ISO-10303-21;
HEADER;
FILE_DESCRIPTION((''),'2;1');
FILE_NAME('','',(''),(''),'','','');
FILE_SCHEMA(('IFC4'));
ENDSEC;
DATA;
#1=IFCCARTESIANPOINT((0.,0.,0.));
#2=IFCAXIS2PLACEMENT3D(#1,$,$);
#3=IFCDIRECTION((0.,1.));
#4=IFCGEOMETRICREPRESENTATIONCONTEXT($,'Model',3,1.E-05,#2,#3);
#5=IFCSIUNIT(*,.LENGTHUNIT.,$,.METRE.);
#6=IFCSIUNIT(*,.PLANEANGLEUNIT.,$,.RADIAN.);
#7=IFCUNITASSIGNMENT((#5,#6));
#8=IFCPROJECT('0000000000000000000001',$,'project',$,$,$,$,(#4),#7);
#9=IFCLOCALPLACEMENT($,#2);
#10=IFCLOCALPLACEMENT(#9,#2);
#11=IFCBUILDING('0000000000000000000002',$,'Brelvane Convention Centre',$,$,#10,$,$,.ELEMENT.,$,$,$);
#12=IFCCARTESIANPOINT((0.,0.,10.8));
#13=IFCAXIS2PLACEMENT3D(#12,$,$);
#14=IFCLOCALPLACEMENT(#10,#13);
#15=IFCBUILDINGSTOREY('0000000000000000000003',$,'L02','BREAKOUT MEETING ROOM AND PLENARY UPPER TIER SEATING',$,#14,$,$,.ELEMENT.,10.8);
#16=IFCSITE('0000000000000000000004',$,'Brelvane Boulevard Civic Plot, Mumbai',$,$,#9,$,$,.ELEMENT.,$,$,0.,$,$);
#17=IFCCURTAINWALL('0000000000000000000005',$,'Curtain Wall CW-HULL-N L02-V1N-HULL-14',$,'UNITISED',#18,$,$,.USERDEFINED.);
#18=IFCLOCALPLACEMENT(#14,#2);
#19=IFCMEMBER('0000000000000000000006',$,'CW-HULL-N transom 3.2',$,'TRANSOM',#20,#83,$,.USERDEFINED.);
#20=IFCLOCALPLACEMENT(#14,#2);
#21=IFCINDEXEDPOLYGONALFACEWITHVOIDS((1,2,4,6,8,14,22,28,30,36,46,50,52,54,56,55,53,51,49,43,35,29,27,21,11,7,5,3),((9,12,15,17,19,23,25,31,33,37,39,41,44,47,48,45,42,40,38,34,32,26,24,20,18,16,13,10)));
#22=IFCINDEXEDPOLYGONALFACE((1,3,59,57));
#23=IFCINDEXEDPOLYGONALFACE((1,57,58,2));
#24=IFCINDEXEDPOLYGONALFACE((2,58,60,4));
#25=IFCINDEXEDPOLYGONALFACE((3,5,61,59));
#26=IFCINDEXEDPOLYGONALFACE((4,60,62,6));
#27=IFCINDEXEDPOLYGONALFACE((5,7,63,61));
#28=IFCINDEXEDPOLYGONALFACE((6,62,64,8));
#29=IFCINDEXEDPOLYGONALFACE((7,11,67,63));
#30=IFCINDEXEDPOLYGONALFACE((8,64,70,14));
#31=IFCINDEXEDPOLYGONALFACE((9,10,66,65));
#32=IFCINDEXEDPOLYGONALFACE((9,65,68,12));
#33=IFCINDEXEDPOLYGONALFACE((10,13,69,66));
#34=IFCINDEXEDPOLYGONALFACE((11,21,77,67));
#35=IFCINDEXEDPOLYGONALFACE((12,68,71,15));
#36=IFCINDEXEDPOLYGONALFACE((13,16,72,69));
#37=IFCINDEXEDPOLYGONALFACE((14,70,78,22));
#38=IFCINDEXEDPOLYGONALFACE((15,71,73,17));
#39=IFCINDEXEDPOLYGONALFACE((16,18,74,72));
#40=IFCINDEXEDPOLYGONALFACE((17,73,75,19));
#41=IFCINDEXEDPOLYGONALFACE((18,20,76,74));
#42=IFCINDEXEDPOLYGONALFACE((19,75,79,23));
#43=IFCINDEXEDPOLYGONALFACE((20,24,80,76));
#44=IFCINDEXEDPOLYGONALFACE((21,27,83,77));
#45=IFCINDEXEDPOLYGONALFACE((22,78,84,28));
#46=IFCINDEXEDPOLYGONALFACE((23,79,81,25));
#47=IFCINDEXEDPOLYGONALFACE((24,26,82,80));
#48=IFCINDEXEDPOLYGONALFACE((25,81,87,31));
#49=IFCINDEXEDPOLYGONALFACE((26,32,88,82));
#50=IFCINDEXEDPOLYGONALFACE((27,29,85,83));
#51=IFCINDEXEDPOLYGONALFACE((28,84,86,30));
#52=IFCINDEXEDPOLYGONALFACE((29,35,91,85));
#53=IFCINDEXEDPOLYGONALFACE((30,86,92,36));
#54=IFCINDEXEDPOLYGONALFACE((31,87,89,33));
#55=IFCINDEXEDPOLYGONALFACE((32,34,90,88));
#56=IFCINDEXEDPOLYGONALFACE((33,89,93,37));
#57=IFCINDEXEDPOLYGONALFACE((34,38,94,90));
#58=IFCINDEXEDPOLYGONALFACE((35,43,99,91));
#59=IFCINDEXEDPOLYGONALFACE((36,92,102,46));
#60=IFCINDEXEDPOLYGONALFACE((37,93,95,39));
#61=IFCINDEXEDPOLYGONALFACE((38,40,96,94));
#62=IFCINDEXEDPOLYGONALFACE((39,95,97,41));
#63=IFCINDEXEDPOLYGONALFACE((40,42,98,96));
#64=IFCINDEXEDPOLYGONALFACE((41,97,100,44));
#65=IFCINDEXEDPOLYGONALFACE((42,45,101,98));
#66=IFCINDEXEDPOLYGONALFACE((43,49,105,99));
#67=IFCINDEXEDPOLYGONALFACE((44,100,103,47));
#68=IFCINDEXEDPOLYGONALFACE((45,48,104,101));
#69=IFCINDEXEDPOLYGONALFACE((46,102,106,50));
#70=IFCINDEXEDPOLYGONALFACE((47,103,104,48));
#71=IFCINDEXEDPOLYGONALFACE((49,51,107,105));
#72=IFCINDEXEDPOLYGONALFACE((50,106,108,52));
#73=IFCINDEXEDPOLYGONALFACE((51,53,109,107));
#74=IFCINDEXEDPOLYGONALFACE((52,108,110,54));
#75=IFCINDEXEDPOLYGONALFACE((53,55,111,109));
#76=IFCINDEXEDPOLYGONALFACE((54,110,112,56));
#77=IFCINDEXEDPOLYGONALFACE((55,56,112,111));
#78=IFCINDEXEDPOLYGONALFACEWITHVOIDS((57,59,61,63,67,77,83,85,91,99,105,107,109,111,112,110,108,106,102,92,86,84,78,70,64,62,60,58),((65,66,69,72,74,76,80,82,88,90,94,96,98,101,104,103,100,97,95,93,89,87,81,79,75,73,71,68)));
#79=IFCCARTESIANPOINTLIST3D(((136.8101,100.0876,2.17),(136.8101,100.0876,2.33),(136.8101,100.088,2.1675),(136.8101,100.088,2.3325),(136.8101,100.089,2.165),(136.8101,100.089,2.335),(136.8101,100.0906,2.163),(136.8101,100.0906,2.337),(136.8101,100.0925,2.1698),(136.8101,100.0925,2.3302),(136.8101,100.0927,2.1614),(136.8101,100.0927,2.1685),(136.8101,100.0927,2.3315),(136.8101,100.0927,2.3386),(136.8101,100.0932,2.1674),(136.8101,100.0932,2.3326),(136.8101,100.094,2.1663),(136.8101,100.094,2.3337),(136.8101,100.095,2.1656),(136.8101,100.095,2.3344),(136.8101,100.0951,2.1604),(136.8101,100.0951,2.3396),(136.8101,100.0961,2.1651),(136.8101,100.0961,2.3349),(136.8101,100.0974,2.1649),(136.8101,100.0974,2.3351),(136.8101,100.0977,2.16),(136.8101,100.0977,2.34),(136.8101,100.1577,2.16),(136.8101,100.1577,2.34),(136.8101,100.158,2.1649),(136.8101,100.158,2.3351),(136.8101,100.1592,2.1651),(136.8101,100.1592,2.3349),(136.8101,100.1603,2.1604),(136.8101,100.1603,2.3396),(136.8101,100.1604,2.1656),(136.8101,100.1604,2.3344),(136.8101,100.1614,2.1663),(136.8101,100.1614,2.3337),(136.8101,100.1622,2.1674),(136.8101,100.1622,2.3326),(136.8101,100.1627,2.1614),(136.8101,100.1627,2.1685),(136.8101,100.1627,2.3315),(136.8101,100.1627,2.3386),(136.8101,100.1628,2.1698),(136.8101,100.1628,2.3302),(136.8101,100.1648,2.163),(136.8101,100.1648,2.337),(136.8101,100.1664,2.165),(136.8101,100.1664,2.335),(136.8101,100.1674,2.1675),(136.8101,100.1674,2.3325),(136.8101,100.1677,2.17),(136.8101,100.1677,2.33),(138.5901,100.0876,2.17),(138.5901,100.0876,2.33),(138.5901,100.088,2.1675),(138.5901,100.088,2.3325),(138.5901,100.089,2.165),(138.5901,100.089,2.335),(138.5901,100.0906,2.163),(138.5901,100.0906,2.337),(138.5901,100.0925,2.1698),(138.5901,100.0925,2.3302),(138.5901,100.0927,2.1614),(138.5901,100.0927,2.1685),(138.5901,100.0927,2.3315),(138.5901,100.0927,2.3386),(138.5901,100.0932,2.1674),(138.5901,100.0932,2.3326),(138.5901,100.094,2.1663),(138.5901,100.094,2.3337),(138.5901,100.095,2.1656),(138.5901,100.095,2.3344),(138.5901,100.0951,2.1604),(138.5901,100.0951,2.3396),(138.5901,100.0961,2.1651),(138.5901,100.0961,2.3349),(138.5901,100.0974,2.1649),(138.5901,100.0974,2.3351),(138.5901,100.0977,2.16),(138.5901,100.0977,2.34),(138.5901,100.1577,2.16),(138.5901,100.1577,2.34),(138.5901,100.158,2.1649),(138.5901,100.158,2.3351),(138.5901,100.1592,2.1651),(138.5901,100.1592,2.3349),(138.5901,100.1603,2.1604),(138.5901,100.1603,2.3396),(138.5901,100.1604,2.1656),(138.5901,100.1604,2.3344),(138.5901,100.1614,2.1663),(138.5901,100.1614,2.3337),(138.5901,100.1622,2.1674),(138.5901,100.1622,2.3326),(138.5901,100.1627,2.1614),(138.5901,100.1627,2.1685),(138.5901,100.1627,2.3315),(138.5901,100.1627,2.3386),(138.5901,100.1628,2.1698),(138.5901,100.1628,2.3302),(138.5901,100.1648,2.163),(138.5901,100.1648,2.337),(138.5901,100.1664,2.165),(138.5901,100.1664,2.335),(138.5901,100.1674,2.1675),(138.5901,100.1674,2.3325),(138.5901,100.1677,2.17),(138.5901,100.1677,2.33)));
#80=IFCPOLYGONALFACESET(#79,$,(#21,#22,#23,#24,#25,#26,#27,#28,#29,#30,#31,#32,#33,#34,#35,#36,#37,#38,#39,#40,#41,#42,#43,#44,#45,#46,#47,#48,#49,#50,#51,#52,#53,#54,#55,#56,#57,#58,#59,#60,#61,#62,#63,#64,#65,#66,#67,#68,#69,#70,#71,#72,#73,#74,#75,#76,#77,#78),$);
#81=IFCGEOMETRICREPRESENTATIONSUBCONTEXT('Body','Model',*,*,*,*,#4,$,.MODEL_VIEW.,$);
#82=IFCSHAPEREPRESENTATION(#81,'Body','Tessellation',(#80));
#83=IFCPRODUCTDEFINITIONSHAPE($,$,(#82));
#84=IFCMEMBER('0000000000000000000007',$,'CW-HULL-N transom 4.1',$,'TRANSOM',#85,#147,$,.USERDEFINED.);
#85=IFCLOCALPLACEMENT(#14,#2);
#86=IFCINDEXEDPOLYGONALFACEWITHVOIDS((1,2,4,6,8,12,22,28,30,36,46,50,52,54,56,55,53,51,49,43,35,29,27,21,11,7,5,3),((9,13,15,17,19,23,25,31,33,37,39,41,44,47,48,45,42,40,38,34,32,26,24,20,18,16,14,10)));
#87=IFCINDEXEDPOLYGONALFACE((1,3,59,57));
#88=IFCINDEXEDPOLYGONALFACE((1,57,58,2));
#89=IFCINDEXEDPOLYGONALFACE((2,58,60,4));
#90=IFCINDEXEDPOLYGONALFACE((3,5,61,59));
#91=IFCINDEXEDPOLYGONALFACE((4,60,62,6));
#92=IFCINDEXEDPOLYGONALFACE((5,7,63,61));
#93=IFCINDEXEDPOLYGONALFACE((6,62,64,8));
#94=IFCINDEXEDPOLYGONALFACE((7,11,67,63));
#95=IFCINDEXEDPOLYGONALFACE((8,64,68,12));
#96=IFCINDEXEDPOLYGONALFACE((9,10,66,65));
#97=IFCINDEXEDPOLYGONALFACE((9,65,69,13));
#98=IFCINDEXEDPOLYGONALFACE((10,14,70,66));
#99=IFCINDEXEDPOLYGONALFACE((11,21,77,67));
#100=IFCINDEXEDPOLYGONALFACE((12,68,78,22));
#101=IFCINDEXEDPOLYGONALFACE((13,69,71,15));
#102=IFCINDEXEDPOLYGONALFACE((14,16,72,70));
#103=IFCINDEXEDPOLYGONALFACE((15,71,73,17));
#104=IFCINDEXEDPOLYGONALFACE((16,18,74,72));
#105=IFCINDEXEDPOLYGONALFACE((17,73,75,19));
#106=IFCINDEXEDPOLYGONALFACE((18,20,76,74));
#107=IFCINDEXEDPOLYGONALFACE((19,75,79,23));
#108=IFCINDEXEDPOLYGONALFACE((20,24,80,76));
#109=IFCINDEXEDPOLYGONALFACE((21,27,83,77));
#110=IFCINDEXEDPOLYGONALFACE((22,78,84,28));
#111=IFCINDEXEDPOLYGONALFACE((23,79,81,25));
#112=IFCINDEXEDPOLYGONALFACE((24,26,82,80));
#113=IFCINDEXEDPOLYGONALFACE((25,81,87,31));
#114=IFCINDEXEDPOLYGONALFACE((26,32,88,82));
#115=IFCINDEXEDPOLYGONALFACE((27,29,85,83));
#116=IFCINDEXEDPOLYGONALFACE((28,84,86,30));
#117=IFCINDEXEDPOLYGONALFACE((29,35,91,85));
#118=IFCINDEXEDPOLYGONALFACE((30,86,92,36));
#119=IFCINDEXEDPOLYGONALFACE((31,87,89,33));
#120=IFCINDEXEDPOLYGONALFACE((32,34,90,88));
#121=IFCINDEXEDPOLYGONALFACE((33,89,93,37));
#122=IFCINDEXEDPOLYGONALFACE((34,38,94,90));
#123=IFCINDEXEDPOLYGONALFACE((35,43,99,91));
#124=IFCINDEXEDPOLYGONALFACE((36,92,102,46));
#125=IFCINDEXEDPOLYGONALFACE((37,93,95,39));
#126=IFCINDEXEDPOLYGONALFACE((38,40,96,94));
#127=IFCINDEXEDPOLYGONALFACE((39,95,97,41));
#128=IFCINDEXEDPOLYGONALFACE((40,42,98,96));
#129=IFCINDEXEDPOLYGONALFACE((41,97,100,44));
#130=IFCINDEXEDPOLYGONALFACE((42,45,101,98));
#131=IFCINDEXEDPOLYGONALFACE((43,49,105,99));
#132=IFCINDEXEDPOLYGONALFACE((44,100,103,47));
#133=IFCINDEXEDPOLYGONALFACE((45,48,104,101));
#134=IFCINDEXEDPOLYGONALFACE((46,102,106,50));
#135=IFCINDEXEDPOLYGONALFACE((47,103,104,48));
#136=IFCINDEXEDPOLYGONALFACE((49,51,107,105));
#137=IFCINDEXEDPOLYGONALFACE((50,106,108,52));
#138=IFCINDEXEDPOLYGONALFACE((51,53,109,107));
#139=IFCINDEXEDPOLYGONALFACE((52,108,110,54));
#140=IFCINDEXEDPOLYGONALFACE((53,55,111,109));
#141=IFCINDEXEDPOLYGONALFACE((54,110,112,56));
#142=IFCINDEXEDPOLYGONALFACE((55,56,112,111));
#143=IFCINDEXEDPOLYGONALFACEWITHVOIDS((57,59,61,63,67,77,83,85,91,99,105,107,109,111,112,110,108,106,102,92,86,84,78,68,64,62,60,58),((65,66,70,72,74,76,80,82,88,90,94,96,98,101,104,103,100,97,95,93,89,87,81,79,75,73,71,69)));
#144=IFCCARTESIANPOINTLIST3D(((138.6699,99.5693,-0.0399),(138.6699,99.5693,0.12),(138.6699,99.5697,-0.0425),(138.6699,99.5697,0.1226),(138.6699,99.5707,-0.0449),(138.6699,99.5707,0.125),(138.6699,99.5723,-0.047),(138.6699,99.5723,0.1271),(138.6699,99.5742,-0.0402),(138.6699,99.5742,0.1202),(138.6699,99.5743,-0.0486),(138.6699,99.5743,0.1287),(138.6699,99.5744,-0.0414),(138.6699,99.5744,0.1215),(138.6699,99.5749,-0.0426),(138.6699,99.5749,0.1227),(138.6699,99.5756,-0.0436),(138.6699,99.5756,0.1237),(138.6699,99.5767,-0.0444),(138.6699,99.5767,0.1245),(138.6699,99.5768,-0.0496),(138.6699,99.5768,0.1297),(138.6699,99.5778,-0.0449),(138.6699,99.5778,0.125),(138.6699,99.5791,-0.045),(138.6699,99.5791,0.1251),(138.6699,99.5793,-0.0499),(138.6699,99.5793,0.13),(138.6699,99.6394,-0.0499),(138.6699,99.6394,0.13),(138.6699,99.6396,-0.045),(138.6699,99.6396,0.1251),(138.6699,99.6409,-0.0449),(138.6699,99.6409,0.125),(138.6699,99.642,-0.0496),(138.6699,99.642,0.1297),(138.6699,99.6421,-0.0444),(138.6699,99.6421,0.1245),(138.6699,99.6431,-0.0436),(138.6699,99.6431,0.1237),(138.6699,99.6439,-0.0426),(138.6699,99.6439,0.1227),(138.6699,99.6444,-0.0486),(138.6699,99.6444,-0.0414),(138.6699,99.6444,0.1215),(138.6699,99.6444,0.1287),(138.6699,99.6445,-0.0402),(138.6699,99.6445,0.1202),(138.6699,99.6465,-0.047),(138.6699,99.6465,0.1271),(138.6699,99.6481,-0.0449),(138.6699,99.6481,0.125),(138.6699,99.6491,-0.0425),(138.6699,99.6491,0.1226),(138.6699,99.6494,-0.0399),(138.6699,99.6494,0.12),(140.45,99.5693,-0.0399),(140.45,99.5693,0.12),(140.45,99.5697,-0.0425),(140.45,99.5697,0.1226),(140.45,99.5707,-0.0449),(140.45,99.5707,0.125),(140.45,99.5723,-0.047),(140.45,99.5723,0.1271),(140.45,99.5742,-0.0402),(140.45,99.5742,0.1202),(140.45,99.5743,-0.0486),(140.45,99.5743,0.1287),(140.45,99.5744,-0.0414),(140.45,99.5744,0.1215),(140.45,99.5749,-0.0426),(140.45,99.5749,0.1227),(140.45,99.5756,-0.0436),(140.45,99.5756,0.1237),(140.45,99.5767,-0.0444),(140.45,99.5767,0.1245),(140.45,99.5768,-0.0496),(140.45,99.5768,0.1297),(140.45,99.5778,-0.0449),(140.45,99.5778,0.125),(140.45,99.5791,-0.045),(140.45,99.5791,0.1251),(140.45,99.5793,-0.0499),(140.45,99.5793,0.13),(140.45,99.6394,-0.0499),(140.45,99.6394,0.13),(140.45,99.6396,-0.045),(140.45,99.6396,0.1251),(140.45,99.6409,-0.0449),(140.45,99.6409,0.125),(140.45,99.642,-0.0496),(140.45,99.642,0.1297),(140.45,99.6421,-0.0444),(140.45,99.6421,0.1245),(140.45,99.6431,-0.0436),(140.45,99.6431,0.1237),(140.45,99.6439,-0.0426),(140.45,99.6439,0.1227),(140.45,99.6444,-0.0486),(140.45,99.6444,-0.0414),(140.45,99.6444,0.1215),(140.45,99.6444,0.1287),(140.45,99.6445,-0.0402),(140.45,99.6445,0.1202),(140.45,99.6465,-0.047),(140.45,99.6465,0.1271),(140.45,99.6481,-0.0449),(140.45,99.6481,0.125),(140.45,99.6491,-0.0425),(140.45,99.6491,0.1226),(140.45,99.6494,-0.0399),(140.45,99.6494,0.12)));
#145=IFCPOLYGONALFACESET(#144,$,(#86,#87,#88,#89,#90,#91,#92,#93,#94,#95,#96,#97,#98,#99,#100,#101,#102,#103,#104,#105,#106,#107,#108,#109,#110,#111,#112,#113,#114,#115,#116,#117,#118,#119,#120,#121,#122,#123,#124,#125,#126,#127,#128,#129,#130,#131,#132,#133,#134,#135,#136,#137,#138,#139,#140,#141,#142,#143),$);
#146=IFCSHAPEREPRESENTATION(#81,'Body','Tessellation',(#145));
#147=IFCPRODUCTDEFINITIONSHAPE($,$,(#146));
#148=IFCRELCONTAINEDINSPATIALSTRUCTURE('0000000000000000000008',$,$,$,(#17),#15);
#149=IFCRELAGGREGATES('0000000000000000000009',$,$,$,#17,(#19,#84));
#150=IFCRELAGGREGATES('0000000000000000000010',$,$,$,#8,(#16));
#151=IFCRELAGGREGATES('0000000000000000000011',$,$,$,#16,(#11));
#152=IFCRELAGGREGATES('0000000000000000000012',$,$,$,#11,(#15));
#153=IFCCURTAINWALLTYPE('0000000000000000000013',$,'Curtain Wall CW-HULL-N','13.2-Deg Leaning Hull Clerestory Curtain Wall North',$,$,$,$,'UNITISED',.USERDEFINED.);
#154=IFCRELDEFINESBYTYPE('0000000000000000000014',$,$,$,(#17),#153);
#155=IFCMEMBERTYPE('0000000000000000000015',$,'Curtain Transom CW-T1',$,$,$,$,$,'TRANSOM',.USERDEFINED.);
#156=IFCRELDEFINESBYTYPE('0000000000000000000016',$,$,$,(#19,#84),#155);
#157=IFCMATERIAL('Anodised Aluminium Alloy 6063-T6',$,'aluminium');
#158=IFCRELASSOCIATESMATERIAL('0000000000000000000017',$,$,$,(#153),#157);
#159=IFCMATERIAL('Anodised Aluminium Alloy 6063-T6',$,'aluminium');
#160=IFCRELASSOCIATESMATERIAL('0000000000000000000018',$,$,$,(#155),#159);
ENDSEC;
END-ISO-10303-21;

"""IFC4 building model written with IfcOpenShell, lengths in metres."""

from ifc_helpers import new_model, si_unit, direction, frame, origin, origin_2d, place, context, subcontext, project, spatial, hollow_rectangle, extrude, material, material_profile, profile_set, type_object, element, aggregate, save


model = new_model("IFC4")

# Units and contexts
model_context = context("Model", 3, precision=1e-05, world=origin(), true_north=direction((0.0, 1.0)))
body_context = subcontext(model_context, "Body", "Model", "MODEL_VIEW")
ifc_project = project(units=[si_unit("LENGTHUNIT", "METRE"), si_unit("PLANEANGLEUNIT", "RADIAN")], contexts=[model_context])

# Site, building, storey
site_placement = place(None, origin())
site = spatial("IfcSite", under=ifc_project, at=site_placement, Name="Brelvane Boulevard Civic Plot, Mumbai", CompositionType="ELEMENT", RefElevation=0.0)
building_placement = place(site_placement, origin())
building = spatial("IfcBuilding", under=site, at=building_placement, Name="Brelvane Convention Centre", CompositionType="ELEMENT")
storey_placement = place(building_placement, frame((0.0, 0.0, 10.8)))
storey = spatial("IfcBuildingStorey", under=building, at=storey_placement, Name="L02", Description="BREAKOUT MEETING ROOM AND PLENARY UPPER TIER SEATING", CompositionType="ELEMENT", Elevation=10.8)

# Shared definitions
ifc_material_1 = material(Name="Anodised Aluminium Alloy 6063-T6", Category="aluminium")
curtain_wall_type = type_object("IfcCurtainWallType", Name="Curtain Wall CW-HULL-N", Description="13.2-Deg Leaning Hull Clerestory Curtain Wall North", ElementType="UNITISED", PredefinedType="USERDEFINED", material=ifc_material_1)

# Curtain wall, members
curtain_wall_1_placement = place(storey_placement, origin())
curtain_wall_1 = element("IfcCurtainWall", 1, at=curtain_wall_1_placement, inside=storey, type_object=curtain_wall_type, Name="Curtain Wall CW-HULL-N L02-V1N-HULL-14", ObjectType="UNITISED", PredefinedType="USERDEFINED")
ifc_material_2 = material(Name="Anodised Aluminium Alloy 6063-T6", Category="aluminium")
ifc_material_profile_1 = material_profile(ifc_material_2, hollow_rectangle(XDim=0.0801, YDim=0.1799, WallThickness=0.0049, InnerFilletRadius=0.0049, OuterFilletRadius=0.01, at=origin_2d()), Name="ALU-T 180x80x5.0")
ifc_profile_set_1 = profile_set([ifc_material_profile_1], Name="Anodised Aluminium Alloy 6063-T6")
member_type_1 = type_object("IfcMemberType", Name="Curtain Transom CW-T1", ElementType="TRANSOM", PredefinedType="USERDEFINED", material=ifc_profile_set_1)
member_1_placement = place(storey_placement, frame((136.8101, 100.1277, 2.25), z_axis=(1.0, 0.0, 0.0), x_axis=(0.0, 1.0, 0.0)))
member_1 = element("IfcMember", 2, at=member_1_placement, type_object=member_type_1, Name="CW-HULL-N transom 3.2", ObjectType="TRANSOM", PredefinedType="USERDEFINED", context=body_context, shape_type="SweptSolid", body=[
    extrude(hollow_rectangle(XDim=0.0801, YDim=0.1799, WallThickness=0.0049, InnerFilletRadius=0.0049, OuterFilletRadius=0.01, at=origin_2d()), origin(), (0.0, 0.0, 1.0), 1.78),
])
member_2_placement = place(storey_placement, frame((138.6699, 99.6094, 0.04), z_axis=(1.0, 0.0, 0.0), x_axis=(0.0, 1.0, 0.0)))
member_2 = element("IfcMember", 3, at=member_2_placement, type_object=member_type_1, Name="CW-HULL-N transom 4.1", ObjectType="TRANSOM", PredefinedType="USERDEFINED", context=body_context, shape_type="SweptSolid", body=[
    extrude(hollow_rectangle(XDim=0.0801, YDim=0.1799, WallThickness=0.0049, InnerFilletRadius=0.0049, OuterFilletRadius=0.01, at=origin_2d()), origin(), (0.0, 0.0, 1.0), 1.78),
])

aggregate(curtain_wall_1, [member_1, member_2])

save(model, "model.ifc")
